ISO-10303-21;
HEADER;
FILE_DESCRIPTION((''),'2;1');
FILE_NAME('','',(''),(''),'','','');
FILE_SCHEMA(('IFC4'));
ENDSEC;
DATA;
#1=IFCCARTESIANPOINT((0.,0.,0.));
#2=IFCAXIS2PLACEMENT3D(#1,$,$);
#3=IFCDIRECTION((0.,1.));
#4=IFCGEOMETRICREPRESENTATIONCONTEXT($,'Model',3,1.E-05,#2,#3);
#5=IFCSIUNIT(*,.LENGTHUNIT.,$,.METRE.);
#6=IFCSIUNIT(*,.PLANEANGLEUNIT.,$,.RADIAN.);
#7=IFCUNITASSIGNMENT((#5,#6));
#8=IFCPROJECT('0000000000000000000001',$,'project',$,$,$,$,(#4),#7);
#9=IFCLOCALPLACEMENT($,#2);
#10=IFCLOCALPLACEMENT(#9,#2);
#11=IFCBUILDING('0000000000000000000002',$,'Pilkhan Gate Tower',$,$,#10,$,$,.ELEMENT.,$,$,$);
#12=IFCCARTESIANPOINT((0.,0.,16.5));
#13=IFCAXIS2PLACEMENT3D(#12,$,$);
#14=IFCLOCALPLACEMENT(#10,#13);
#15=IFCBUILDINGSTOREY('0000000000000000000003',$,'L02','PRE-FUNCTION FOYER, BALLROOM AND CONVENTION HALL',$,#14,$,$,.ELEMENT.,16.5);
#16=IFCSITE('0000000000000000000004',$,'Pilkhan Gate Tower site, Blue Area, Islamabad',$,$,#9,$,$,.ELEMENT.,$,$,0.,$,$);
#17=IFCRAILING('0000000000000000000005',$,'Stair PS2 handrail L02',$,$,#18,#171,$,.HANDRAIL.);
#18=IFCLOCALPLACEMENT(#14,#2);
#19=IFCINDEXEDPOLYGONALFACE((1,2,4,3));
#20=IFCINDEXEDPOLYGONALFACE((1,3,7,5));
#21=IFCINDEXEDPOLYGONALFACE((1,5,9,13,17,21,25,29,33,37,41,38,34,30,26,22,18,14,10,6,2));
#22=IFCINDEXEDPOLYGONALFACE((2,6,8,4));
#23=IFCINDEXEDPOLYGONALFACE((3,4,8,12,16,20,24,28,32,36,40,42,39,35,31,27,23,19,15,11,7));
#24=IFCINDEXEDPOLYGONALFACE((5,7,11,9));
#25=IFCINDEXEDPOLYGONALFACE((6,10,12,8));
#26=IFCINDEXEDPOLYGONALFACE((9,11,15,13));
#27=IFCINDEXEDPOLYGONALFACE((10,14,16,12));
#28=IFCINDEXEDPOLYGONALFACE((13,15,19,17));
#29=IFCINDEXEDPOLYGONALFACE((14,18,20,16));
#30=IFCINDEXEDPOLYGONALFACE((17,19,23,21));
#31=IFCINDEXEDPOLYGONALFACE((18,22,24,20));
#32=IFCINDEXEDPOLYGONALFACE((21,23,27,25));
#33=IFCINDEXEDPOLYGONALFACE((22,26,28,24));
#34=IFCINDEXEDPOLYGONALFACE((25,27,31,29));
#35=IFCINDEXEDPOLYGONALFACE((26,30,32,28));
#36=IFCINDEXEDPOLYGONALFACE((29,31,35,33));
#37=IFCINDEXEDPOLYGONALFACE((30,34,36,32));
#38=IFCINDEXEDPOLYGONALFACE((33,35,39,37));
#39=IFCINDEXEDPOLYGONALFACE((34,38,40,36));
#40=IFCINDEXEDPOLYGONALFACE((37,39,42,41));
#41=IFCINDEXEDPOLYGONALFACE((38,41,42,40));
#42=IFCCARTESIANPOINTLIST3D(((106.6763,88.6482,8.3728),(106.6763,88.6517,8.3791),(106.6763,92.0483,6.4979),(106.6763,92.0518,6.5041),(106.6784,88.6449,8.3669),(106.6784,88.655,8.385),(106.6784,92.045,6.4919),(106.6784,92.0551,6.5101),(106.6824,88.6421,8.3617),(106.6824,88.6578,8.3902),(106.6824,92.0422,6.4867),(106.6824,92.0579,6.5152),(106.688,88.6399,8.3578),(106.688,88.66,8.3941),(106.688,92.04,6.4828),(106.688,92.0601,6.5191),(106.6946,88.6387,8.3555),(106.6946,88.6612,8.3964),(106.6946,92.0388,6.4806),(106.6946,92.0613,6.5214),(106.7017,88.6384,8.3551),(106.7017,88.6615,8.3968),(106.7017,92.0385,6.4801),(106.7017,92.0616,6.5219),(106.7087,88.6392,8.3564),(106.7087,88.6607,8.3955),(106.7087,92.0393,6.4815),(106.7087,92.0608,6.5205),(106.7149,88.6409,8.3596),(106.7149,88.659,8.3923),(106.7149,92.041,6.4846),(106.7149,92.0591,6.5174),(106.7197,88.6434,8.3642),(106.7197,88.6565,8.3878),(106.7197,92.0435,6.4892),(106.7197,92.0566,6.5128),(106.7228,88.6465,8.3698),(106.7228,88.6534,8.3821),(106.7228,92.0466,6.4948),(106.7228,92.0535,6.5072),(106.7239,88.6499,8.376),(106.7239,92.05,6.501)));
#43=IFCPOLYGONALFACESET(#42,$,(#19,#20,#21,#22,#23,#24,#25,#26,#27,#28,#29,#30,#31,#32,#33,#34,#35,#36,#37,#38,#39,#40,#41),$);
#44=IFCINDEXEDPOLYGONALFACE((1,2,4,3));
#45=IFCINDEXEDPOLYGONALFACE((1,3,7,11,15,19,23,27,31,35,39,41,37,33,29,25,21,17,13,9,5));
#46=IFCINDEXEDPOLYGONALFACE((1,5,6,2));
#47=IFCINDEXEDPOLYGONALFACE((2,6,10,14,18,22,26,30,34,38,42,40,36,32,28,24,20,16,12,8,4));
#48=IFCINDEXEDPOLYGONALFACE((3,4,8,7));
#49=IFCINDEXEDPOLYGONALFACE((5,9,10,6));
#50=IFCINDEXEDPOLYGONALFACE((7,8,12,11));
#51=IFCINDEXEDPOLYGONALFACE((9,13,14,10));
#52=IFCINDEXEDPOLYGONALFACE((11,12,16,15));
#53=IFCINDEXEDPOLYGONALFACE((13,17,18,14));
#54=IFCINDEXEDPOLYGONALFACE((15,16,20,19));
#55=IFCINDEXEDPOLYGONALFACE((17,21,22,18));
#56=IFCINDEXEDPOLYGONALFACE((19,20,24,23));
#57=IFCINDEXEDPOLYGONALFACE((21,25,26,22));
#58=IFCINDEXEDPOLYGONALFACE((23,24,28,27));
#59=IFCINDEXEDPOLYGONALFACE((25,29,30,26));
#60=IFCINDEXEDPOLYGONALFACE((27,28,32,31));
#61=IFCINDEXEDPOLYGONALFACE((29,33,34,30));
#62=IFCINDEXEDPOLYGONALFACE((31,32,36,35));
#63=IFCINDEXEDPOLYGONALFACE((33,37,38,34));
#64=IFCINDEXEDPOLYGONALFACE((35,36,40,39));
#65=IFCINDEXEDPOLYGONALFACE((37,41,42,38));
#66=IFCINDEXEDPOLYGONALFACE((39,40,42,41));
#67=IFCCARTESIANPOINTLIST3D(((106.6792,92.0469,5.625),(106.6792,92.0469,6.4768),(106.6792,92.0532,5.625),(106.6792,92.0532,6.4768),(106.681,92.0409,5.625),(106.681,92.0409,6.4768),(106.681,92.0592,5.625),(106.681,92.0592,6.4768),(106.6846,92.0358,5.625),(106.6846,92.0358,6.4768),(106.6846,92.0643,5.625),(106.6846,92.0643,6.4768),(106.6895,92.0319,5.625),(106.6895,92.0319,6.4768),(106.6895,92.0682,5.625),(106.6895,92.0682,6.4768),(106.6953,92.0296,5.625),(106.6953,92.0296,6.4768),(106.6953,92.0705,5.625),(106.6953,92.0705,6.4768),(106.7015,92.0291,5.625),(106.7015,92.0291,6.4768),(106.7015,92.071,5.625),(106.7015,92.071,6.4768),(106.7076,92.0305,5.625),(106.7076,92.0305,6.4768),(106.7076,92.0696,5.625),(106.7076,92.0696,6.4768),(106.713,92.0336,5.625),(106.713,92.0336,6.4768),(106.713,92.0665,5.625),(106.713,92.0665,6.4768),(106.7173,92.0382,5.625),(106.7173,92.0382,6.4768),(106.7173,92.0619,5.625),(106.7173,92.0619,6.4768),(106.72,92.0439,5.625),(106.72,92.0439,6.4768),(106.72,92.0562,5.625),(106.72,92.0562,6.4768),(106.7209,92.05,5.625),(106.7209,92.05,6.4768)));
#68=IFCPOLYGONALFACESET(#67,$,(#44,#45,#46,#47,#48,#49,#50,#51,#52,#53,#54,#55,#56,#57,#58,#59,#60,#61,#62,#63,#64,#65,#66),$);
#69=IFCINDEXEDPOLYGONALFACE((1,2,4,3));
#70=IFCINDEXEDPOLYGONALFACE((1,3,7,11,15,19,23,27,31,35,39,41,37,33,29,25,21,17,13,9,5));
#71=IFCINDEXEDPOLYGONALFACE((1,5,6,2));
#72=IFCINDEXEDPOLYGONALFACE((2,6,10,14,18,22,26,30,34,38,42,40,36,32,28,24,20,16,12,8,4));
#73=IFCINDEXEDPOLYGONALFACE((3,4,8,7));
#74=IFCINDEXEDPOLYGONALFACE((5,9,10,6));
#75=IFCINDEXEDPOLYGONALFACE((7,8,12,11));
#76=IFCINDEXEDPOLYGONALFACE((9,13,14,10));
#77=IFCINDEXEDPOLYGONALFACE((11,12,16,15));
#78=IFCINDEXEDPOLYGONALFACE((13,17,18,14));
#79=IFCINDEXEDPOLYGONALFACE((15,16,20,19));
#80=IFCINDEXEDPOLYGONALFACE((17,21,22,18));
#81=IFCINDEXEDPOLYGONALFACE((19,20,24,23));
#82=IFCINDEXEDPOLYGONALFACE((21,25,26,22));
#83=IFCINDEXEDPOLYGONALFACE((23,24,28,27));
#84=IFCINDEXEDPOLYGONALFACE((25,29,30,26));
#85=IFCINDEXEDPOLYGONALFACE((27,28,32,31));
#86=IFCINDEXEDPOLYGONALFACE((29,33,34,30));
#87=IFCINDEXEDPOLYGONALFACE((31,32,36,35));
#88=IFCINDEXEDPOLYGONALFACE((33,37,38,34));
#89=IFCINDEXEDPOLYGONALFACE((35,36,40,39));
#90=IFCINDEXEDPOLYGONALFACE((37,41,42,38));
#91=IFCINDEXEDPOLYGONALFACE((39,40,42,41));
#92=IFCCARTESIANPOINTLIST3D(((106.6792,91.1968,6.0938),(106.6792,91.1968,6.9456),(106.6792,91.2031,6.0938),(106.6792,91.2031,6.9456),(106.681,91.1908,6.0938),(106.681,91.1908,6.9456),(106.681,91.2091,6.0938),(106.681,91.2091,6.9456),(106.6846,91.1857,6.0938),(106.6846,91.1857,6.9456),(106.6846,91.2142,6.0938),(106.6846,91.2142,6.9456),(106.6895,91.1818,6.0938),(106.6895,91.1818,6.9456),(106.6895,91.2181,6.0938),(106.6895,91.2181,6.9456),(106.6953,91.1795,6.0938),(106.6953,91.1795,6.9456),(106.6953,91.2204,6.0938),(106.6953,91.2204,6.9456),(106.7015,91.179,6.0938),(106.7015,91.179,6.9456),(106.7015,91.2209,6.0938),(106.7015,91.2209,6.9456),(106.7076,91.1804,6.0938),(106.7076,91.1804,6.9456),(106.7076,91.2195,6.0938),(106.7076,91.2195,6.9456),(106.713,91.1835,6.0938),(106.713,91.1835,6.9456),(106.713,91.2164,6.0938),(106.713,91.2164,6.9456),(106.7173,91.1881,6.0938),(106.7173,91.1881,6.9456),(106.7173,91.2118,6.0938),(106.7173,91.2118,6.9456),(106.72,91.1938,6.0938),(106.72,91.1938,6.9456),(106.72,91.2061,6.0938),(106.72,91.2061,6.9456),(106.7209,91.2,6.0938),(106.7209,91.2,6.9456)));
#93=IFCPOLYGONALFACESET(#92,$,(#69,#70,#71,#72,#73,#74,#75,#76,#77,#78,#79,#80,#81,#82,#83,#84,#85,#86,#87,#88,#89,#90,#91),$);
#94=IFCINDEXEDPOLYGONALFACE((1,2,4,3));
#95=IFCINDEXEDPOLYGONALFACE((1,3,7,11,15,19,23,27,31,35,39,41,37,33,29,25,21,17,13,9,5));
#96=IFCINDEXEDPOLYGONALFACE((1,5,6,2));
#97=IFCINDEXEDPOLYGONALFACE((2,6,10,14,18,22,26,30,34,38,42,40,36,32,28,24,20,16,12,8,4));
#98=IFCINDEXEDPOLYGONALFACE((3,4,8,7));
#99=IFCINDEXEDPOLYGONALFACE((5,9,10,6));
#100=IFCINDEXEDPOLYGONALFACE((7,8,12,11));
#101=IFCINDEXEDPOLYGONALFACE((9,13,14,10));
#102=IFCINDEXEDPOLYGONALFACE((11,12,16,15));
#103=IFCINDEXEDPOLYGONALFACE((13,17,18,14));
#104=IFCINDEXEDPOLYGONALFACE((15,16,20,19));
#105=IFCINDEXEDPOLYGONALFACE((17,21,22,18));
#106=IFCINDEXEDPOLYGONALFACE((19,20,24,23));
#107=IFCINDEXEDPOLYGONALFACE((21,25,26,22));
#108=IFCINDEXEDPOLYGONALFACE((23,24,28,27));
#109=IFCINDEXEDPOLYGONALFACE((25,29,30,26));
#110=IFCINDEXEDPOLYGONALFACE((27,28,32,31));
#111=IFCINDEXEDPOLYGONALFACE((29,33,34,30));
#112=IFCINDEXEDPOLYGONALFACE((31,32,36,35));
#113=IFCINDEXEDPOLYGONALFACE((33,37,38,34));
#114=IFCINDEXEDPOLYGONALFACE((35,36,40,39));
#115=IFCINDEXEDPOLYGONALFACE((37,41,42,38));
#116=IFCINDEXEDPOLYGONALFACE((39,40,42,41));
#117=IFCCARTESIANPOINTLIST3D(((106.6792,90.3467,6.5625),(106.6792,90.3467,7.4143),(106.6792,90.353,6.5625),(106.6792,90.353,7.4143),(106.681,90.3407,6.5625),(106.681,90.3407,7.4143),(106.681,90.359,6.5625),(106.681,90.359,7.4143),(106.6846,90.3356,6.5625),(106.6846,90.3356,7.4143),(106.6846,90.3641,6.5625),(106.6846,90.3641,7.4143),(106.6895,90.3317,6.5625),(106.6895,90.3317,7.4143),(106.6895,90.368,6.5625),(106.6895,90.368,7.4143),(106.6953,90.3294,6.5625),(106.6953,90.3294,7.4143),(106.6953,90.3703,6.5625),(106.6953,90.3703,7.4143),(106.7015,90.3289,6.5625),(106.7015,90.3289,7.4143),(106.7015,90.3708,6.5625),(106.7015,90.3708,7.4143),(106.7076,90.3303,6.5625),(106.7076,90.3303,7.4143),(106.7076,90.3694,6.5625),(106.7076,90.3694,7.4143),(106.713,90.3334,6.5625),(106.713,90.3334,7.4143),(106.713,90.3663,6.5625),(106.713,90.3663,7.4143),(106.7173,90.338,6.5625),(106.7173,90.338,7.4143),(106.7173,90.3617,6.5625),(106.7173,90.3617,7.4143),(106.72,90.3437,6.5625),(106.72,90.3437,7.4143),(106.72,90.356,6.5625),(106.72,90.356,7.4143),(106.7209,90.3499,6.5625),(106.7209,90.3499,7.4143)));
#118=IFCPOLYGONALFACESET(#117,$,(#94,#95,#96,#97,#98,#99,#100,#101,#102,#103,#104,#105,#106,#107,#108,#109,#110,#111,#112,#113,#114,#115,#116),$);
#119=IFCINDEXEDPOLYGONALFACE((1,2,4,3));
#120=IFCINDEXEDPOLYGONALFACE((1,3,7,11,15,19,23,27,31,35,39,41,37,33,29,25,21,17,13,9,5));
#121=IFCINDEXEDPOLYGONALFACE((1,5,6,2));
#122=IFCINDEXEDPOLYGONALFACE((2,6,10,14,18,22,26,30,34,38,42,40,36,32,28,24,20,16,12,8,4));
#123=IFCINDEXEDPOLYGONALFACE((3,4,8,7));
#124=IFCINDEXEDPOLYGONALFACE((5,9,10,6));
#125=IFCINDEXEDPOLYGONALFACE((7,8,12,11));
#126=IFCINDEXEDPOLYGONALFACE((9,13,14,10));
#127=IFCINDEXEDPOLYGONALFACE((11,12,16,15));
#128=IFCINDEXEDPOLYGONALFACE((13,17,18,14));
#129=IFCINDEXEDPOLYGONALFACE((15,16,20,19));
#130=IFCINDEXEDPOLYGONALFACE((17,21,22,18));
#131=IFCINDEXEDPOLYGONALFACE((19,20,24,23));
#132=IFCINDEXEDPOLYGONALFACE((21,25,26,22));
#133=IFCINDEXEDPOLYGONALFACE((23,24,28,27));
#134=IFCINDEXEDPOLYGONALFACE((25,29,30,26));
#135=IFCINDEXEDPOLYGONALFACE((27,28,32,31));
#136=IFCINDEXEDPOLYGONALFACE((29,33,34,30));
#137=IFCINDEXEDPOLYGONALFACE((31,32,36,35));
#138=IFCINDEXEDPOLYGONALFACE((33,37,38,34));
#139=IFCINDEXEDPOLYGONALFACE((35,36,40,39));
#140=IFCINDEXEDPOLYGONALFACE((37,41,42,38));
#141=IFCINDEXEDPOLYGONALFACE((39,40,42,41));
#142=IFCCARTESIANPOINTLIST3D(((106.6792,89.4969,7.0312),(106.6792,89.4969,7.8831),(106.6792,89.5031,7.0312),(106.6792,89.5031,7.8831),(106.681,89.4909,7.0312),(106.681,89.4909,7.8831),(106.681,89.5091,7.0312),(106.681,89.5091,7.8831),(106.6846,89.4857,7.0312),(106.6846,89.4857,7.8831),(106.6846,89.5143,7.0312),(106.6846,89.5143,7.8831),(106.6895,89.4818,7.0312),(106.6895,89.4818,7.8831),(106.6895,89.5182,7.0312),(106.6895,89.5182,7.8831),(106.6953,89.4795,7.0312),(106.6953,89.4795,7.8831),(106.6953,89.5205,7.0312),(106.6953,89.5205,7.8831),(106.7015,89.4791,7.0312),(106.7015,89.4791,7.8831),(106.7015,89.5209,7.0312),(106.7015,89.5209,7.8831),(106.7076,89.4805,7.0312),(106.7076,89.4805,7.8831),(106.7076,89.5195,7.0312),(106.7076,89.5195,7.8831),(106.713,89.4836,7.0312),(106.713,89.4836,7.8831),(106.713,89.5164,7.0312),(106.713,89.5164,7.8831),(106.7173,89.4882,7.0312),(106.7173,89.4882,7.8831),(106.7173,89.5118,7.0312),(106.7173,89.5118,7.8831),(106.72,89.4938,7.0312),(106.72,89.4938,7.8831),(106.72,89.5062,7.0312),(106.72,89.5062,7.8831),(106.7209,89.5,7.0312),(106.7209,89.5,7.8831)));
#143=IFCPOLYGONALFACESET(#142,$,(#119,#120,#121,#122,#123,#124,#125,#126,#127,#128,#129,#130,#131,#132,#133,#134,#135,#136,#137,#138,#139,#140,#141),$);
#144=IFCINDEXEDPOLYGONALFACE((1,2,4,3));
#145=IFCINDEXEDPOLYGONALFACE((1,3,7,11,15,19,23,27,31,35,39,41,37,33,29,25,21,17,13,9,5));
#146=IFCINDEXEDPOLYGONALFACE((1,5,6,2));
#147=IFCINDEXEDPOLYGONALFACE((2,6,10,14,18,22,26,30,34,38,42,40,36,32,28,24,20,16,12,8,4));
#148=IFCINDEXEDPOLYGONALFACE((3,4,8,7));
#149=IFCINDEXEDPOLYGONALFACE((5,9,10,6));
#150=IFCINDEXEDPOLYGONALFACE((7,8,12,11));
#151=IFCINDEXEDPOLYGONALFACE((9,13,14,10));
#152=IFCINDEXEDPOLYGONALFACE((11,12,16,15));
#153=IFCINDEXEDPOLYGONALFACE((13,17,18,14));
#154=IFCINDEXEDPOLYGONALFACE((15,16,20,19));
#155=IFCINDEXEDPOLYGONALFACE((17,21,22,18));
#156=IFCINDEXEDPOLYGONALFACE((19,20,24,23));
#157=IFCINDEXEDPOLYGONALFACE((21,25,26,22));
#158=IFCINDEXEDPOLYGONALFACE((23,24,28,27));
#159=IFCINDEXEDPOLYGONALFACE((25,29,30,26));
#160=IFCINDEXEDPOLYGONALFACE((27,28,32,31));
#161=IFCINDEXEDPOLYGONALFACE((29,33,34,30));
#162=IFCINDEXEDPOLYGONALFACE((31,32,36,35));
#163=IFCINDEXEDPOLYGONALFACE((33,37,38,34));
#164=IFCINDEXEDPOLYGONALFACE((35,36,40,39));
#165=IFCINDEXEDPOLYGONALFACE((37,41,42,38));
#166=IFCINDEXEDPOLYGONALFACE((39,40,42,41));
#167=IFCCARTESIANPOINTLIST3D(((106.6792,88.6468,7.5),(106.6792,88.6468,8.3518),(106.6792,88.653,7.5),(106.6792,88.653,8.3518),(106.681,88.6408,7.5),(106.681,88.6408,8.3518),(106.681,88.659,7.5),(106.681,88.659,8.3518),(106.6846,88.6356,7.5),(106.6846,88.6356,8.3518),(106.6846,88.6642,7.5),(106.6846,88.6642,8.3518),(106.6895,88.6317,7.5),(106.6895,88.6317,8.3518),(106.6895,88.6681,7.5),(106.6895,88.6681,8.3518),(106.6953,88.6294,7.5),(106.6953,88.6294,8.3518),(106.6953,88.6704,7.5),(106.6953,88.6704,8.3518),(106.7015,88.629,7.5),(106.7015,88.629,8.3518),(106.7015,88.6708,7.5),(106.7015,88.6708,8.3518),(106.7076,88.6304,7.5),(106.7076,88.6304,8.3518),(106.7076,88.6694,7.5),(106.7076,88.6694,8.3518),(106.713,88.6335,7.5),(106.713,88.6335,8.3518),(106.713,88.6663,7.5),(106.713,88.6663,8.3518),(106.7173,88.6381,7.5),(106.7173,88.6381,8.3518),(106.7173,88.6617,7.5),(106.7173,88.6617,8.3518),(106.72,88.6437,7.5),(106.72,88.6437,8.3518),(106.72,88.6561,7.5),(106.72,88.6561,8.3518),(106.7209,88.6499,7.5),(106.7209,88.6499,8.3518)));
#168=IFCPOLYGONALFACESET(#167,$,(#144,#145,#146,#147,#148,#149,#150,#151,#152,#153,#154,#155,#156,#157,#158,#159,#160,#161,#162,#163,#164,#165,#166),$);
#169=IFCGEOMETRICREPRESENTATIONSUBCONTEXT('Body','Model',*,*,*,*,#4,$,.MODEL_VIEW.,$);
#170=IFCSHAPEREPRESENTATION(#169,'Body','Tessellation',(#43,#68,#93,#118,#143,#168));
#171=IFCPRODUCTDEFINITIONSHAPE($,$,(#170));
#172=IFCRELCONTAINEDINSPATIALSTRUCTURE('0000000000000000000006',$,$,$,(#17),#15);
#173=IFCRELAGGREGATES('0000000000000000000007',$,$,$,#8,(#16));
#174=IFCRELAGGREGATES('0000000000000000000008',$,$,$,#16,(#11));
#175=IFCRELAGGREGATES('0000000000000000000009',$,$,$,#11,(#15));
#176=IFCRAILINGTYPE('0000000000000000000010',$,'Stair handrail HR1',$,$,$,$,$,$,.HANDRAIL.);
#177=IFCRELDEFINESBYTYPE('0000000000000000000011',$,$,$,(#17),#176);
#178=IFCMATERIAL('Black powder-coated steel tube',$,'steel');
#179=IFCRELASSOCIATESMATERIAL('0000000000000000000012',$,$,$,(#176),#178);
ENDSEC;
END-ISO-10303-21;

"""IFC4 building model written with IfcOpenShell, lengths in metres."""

from ifc_helpers import new_model, si_unit, direction, frame, origin, origin_2d, place, context, subcontext, project, spatial, circle, extrude, material, type_object, element, save


model = new_model("IFC4")

# Units and contexts
model_context = context("Model", 3, precision=1e-05, world=origin(), true_north=direction((0.0, 1.0)))
body_context = subcontext(model_context, "Body", "Model", "MODEL_VIEW")
ifc_project = project(units=[si_unit("LENGTHUNIT", "METRE"), si_unit("PLANEANGLEUNIT", "RADIAN")], contexts=[model_context])

# Site, building, storey
site_placement = place(None, origin())
site = spatial("IfcSite", under=ifc_project, at=site_placement, Name="Pilkhan Gate Tower site, Blue Area, Islamabad", CompositionType="ELEMENT", RefElevation=0.0)
building_placement = place(site_placement, origin())
building = spatial("IfcBuilding", under=site, at=building_placement, Name="Pilkhan Gate Tower", CompositionType="ELEMENT")
storey_placement = place(building_placement, frame((0.0, 0.0, 16.5)))
storey = spatial("IfcBuildingStorey", under=building, at=storey_placement, Name="L02", Description="PRE-FUNCTION FOYER, BALLROOM AND CONVENTION HALL", CompositionType="ELEMENT", Elevation=16.5)

# Railing
ifc_material_1 = material(Name="Black powder-coated steel tube", Category="steel")
railing_type = type_object("IfcRailingType", Name="Stair handrail HR1", PredefinedType="HANDRAIL", material=ifc_material_1)
for number, where, name in (
    (1, (106.7, 92.05, 5.625), "Stair PS2 handrail L02"),
):
    element("IfcRailing", number, at=place(storey_placement, frame(where)), inside=storey, type_object=railing_type, Name=name, PredefinedType="HANDRAIL", context=body_context, shape_type="SweptSolid", body=[
        extrude(circle(Radius=0.0239, at=origin_2d()), frame((0.0, 0.0, 0.876), z_axis=(0.0, -0.87568, 0.482891), x_axis=(1.0, 0.0, 0.0)), (0.0, 0.0, 1.0), 3.8828),
        extrude(circle(Radius=0.021, at=origin_2d()), origin(), (0.0, 0.0, 1.0), 0.8518),
        extrude(circle(Radius=0.021, at=origin_2d()), frame((0.0, -0.8501, 0.4688)), (0.0, 0.0, 1.0), 0.8518),
        extrude(circle(Radius=0.021, at=origin_2d()), frame((0.0, -1.7002, 0.9375)), (0.0, 0.0, 1.0), 0.8518),
        extrude(circle(Radius=0.021, at=origin_2d()), frame((0.0, -2.55, 1.4062)), (0.0, 0.0, 1.0), 0.8518),
        extrude(circle(Radius=0.021, at=origin_2d()), frame((0.0, -3.4001, 1.875)), (0.0, 0.0, 1.0), 0.8518),
    ])

save(model, "model.ifc")
